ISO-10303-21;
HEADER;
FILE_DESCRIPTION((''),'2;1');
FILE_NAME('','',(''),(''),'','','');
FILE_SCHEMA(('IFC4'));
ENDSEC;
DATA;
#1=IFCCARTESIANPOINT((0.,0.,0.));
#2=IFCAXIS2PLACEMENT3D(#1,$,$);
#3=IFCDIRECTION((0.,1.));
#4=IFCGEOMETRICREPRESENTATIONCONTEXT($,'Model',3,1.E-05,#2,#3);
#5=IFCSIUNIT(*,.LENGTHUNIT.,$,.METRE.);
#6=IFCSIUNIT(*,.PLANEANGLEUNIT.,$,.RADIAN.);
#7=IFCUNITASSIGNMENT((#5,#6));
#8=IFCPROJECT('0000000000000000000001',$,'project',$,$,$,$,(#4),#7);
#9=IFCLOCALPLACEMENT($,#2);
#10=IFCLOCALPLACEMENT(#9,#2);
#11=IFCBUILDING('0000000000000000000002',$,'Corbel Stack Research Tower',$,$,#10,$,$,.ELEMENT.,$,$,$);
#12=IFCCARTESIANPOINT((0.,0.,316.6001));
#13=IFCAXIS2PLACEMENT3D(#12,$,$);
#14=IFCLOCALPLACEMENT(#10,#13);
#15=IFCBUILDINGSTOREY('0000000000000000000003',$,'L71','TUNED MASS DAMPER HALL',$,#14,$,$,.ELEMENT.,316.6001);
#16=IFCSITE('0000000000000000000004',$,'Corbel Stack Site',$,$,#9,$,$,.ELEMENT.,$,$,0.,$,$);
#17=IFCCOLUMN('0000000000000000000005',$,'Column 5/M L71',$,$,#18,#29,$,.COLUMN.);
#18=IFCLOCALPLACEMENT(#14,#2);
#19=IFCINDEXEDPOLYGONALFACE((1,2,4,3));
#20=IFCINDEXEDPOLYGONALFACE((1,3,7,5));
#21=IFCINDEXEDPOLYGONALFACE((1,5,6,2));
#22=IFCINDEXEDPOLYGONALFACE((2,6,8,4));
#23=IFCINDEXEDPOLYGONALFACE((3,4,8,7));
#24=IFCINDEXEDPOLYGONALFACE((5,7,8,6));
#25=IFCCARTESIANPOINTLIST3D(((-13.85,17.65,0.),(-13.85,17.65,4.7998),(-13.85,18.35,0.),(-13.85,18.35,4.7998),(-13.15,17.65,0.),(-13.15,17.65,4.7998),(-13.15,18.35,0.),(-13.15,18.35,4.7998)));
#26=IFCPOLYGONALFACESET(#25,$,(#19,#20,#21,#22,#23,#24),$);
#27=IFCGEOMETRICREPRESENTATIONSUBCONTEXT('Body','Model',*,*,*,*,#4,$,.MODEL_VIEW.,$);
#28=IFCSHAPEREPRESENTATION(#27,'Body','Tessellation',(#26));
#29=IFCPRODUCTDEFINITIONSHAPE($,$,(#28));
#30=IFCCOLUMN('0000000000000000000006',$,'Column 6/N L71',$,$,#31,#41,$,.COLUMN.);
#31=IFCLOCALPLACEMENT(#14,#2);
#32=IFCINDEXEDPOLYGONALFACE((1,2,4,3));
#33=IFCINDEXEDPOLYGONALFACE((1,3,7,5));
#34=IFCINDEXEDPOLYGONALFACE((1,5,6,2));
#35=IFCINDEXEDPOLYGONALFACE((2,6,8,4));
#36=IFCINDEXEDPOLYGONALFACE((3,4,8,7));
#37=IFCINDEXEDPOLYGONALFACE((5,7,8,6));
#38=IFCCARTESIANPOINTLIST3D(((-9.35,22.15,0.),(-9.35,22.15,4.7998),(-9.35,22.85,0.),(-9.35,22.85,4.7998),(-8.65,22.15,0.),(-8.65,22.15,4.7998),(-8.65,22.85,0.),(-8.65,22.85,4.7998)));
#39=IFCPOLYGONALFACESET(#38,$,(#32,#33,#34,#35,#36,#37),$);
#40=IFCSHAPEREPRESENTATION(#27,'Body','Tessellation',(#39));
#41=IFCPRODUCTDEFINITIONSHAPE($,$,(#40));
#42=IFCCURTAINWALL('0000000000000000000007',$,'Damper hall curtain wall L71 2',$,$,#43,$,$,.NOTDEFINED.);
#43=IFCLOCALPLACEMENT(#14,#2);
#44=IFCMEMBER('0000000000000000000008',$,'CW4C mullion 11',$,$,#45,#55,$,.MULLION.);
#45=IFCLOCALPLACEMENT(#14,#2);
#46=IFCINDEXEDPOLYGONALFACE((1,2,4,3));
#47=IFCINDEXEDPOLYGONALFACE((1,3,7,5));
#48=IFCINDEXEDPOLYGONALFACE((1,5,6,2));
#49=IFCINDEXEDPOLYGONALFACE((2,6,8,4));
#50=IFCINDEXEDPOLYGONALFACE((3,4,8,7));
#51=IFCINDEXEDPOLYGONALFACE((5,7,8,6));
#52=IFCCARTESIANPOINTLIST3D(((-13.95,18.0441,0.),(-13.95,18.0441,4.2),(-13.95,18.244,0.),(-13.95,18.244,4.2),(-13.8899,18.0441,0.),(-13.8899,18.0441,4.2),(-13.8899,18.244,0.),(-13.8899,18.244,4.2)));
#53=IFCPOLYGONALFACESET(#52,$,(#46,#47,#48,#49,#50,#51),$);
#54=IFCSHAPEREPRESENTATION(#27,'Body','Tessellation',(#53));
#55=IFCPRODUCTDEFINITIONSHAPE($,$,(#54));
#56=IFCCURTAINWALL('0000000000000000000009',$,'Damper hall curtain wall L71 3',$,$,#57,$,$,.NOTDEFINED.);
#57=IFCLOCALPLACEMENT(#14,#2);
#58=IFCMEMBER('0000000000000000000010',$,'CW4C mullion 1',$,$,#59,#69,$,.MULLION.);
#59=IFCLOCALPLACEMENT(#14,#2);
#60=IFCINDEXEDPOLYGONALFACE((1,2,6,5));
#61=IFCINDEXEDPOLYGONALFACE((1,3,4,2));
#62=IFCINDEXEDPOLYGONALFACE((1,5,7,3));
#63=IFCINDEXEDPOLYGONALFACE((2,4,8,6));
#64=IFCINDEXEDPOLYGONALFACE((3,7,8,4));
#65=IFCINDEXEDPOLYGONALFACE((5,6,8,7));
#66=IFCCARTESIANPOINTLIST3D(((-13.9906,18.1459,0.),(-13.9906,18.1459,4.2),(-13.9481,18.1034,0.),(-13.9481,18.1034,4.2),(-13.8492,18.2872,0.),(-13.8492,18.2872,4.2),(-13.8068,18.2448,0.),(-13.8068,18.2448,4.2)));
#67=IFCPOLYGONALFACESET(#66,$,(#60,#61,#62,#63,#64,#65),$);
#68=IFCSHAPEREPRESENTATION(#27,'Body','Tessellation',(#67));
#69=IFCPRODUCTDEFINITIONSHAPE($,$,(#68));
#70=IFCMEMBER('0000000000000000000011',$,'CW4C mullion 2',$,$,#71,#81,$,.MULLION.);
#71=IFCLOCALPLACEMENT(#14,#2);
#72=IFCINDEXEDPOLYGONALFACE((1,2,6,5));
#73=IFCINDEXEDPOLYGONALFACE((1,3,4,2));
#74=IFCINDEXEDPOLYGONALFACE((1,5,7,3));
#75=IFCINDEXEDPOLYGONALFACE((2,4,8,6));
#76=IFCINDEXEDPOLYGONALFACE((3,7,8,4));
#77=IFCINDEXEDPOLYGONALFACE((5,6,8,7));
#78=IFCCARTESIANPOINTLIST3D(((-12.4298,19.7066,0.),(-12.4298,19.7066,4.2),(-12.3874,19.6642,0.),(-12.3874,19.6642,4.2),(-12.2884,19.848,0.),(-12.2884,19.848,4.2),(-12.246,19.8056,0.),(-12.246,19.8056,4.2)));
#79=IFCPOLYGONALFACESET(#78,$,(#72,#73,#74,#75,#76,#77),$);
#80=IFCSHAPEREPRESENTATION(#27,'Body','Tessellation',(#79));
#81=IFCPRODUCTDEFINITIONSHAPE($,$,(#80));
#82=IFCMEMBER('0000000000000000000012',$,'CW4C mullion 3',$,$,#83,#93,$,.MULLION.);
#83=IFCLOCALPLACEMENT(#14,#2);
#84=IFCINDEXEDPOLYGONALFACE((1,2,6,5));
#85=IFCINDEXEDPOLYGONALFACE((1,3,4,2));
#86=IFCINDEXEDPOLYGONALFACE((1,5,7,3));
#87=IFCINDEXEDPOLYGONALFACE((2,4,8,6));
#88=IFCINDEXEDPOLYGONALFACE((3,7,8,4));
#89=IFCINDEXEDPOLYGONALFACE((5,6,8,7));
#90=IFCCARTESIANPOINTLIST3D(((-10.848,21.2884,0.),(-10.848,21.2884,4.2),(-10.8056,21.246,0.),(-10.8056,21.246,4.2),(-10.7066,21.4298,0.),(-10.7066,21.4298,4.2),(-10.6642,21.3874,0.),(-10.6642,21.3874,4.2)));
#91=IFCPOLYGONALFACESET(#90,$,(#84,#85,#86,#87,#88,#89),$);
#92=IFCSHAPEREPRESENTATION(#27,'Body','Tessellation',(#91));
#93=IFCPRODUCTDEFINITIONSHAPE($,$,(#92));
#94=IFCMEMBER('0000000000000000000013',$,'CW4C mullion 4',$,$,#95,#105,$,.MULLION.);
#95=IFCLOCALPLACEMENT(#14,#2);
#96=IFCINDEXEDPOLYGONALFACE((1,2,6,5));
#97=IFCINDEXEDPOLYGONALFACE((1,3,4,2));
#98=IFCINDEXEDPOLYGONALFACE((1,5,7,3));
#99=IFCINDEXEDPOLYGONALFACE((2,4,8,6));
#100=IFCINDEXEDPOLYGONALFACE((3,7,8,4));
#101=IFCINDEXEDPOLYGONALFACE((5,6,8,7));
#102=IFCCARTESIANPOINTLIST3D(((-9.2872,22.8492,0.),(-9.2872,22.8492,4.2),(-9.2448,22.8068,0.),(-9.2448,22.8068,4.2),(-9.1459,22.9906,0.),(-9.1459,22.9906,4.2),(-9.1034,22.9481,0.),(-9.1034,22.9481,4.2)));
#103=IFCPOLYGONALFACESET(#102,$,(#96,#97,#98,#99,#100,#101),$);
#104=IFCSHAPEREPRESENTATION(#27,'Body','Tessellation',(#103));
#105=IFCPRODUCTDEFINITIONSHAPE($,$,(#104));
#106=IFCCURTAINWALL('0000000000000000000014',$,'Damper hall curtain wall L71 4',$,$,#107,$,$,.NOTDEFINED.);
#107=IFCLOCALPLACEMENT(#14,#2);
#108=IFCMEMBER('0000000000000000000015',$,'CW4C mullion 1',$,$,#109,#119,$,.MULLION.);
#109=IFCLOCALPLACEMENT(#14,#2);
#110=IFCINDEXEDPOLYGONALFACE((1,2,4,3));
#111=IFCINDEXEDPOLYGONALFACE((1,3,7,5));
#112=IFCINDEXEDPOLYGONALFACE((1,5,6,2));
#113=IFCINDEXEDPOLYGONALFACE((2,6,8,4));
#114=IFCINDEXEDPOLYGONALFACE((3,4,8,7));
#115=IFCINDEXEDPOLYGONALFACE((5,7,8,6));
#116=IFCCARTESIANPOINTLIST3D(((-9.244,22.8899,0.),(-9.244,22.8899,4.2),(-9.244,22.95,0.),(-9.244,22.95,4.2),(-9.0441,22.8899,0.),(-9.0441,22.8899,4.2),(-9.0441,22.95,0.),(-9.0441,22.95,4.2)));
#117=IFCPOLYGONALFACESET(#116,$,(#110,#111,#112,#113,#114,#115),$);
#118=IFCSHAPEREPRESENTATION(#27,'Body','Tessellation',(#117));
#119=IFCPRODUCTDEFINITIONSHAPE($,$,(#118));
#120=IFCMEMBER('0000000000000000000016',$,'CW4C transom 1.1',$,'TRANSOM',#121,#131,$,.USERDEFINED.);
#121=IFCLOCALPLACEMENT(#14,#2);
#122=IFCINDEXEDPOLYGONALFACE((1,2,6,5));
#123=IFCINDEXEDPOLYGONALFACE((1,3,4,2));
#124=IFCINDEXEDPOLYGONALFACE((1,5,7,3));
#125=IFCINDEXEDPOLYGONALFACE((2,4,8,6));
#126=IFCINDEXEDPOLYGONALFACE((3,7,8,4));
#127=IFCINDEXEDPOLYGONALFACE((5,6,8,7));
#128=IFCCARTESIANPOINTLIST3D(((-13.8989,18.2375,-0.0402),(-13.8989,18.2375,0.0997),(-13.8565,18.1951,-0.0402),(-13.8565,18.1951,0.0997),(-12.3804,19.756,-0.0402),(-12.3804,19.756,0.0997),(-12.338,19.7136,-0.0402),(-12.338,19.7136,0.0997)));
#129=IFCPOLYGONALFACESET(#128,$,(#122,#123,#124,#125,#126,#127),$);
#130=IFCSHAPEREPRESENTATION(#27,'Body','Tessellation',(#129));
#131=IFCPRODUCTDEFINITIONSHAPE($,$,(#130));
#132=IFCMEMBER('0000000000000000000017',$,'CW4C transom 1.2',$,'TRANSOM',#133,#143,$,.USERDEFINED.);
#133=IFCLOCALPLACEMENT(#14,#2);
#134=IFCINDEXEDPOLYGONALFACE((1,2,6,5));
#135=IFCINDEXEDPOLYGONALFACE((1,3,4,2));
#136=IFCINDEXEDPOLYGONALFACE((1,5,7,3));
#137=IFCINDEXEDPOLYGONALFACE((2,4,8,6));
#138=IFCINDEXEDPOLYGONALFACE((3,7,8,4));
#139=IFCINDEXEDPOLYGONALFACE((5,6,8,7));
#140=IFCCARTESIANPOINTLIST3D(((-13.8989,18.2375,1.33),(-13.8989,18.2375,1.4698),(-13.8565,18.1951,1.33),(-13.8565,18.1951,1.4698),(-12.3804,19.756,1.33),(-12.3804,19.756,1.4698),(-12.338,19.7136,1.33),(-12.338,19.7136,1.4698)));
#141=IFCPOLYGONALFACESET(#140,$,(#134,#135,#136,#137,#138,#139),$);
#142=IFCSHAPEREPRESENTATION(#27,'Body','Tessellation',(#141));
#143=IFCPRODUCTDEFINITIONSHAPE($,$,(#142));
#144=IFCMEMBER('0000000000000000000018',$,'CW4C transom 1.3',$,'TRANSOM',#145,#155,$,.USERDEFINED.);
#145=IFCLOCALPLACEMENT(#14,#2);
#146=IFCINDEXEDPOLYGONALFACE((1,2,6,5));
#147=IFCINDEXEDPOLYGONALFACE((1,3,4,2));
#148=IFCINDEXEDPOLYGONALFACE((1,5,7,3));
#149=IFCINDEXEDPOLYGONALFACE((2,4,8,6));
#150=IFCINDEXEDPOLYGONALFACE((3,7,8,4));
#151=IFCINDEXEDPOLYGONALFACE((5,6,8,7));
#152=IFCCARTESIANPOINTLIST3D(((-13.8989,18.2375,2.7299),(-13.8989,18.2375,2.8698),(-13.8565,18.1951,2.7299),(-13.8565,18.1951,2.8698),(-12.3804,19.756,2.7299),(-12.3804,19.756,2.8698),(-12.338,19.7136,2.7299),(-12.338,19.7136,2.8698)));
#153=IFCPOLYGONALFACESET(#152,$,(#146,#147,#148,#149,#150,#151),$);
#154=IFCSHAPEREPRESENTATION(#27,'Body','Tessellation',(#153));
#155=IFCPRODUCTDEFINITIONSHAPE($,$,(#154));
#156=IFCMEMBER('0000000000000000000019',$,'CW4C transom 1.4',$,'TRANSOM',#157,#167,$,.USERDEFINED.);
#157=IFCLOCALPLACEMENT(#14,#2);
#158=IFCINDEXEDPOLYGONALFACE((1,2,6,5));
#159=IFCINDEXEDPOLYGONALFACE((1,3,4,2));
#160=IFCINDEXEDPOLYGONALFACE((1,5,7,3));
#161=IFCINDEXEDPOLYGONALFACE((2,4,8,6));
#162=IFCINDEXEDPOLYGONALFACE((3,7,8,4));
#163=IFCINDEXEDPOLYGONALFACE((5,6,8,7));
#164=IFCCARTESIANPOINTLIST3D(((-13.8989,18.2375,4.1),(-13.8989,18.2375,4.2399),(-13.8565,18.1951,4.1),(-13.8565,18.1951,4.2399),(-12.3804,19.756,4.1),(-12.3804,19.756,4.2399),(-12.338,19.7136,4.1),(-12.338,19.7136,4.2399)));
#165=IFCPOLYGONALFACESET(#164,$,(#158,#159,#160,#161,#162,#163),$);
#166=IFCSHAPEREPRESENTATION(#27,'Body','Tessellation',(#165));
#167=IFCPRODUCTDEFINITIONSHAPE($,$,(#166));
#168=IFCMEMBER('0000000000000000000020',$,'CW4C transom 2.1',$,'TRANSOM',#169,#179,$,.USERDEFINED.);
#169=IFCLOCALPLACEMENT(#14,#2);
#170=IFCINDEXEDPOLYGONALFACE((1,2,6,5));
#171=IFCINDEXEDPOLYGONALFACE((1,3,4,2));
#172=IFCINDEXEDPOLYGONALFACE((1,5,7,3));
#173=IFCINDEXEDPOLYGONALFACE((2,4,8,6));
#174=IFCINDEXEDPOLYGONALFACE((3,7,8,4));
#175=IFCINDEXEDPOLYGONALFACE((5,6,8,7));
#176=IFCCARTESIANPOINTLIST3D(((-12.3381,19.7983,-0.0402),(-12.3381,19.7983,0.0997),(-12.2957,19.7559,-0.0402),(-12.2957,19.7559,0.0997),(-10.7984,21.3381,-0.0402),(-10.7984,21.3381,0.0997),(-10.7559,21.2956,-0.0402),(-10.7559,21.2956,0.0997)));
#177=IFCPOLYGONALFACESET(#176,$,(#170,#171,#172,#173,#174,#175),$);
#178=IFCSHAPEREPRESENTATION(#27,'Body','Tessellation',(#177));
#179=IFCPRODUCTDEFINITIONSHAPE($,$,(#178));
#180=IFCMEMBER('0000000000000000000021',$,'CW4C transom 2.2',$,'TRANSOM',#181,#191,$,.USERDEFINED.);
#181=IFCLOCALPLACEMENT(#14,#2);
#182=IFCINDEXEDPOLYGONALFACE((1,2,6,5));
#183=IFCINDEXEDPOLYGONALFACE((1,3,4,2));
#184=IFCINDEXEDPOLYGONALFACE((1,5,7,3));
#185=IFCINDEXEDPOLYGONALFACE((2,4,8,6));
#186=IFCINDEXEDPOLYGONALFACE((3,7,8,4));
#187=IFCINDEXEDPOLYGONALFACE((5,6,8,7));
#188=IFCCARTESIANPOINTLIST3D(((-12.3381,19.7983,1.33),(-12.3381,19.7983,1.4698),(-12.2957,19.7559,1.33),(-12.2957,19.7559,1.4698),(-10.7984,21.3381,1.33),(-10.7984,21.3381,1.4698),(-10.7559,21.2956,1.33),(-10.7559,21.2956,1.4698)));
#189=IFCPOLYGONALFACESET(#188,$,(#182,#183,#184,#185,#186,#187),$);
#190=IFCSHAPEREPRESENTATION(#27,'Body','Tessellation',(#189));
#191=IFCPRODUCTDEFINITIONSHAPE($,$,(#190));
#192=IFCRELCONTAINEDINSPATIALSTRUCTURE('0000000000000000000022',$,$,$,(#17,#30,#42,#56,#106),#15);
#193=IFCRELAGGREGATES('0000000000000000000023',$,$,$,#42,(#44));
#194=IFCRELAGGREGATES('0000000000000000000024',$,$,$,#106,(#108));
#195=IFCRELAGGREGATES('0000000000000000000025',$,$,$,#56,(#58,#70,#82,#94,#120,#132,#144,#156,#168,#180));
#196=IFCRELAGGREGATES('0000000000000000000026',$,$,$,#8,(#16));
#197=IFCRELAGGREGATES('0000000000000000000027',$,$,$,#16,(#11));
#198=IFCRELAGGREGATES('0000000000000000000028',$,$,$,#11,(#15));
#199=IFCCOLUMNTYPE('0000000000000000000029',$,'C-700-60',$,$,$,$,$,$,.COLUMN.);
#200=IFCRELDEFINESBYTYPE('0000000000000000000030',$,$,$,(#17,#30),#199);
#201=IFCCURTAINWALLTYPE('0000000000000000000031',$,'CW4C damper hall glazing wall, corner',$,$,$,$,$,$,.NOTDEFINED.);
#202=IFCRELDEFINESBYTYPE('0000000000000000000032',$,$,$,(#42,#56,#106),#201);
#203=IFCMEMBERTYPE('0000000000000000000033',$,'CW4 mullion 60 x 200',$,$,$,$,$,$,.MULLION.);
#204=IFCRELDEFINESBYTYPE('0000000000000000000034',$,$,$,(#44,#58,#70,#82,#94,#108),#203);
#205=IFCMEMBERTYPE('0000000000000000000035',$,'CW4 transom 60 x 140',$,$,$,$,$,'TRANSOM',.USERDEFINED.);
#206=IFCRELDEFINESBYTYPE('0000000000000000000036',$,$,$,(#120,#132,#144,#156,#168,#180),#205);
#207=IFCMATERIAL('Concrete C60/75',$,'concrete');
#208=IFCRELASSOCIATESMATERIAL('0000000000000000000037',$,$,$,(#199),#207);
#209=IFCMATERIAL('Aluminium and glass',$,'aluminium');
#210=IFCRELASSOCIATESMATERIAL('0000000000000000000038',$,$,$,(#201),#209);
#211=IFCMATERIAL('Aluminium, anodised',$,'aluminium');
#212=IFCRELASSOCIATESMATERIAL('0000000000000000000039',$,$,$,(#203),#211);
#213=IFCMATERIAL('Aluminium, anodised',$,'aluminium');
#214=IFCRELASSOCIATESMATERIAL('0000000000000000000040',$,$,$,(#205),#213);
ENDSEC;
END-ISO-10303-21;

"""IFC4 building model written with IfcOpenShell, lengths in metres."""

from ifc_helpers import new_model, si_unit, direction, frame, origin, origin_2d, place, context, subcontext, project, spatial, rectangle, extrude, material, material_profile, profile_set, type_object, element, aggregate, save


model = new_model("IFC4")

# Units and contexts
model_context = context("Model", 3, precision=1e-05, world=origin(), true_north=direction((0.0, 1.0)))
body_context = subcontext(model_context, "Body", "Model", "MODEL_VIEW")
ifc_project = project(units=[si_unit("LENGTHUNIT", "METRE"), si_unit("PLANEANGLEUNIT", "RADIAN")], contexts=[model_context])

# Site, building, storey
site_placement = place(None, origin())
site = spatial("IfcSite", under=ifc_project, at=site_placement, Name="Corbel Stack Site", CompositionType="ELEMENT", RefElevation=0.0)
building_placement = place(site_placement, origin())
building = spatial("IfcBuilding", under=site, at=building_placement, Name="Corbel Stack Research Tower", CompositionType="ELEMENT")
storey_placement = place(building_placement, frame((0.0, 0.0, 316.6001)))
storey = spatial("IfcBuildingStorey", under=building, at=storey_placement, Name="L71", Description="TUNED MASS DAMPER HALL", CompositionType="ELEMENT", Elevation=316.6001)

# Columns
ifc_material_1 = material(Name="Concrete C60/75", Category="concrete")
ifc_material_profile_1 = material_profile(ifc_material_1, rectangle(XDim=0.7, YDim=0.7, at=origin_2d()), Name="RC 700 x 700")
ifc_profile_set_1 = profile_set([ifc_material_profile_1], Name="Concrete C60/75")
column_type = type_object("IfcColumnType", Name="C-700-60", PredefinedType="COLUMN", material=ifc_profile_set_1)
for number, where, z_axis, x_axis, name in (
    (1, (-13.5, 18.0, 0.0), (0.0, 0.0, 1.0), (1.0, 0.0, 0.0), "Column 5/M L71"),
    (2, (-9.0, 22.5, 0.0), (0.0, 0.0, 1.0), (1.0, 0.0, 0.0), "Column 6/N L71"),
):
    element("IfcColumn", number, at=place(storey_placement, frame(where, z_axis=z_axis, x_axis=x_axis)), inside=storey, type_object=column_type, Name=name, PredefinedType="COLUMN", context=body_context, shape_type="SweptSolid", body=[
        extrude(rectangle(XDim=0.7, YDim=0.7, at=origin_2d()), origin(), (0.0, 0.0, 1.0), 4.7998),
    ])

# Curtain wall, member
ifc_material_2 = material(Name="Aluminium and glass", Category="aluminium")
curtain_wall_type = type_object("IfcCurtainWallType", Name="CW4C damper hall glazing wall, corner", PredefinedType="NOTDEFINED", material=ifc_material_2)
curtain_wall_1_placement = place(storey_placement, origin())
curtain_wall_1 = element("IfcCurtainWall", 3, at=curtain_wall_1_placement, inside=storey, type_object=curtain_wall_type, Name="Damper hall curtain wall L71 2", PredefinedType="NOTDEFINED")
ifc_material_3 = material(Name="Aluminium, anodised", Category="aluminium")
ifc_material_profile_2 = material_profile(ifc_material_3, rectangle(XDim=0.0601, YDim=0.2, at=origin_2d()), Name="CW4 mullion 60 x 200")
ifc_profile_set_2 = profile_set([ifc_material_profile_2], Name="Aluminium, anodised")
member_type_1 = type_object("IfcMemberType", Name="CW4 mullion 60 x 200", PredefinedType="MULLION", material=ifc_profile_set_2)
member_1_placement = place(storey_placement, frame((-13.9199, 18.144, 0.0), z_axis=(0.0, 0.0, 1.0), x_axis=(-1.0, 0.0, 0.0)))
member_1 = element("IfcMember", 4, at=member_1_placement, type_object=member_type_1, Name="CW4C mullion 11", PredefinedType="MULLION", context=body_context, shape_type="SweptSolid", body=[
    extrude(rectangle(XDim=0.0601, YDim=0.2, at=origin_2d()), origin(), (0.0, 0.0, 1.0), 4.2),
])
aggregate(curtain_wall_1, [member_1])

# Curtain wall, members
curtain_wall_2_placement = place(storey_placement, origin())
curtain_wall_2 = element("IfcCurtainWall", 5, at=curtain_wall_2_placement, inside=storey, type_object=curtain_wall_type, Name="Damper hall curtain wall L71 3", PredefinedType="NOTDEFINED")
member_2_placement = place(storey_placement, frame((-13.8987, 18.1953, 0.0), z_axis=(0.0, 0.0, 1.0), x_axis=(-0.707107, 0.707107, 0.0)))
member_2 = element("IfcMember", 6, at=member_2_placement, type_object=member_type_1, Name="CW4C mullion 1", PredefinedType="MULLION", context=body_context, shape_type="SweptSolid", body=[
    extrude(rectangle(XDim=0.0601, YDim=0.2, at=origin_2d()), origin(), (0.0, 0.0, 1.0), 4.2),
])
member_3_placement = place(storey_placement, frame((-12.3379, 19.7561, 0.0), z_axis=(0.0, 0.0, 1.0), x_axis=(-0.707107, 0.707107, 0.0)))
member_3 = element("IfcMember", 7, at=member_3_placement, type_object=member_type_1, Name="CW4C mullion 2", PredefinedType="MULLION", context=body_context, shape_type="SweptSolid", body=[
    extrude(rectangle(XDim=0.0601, YDim=0.2, at=origin_2d()), origin(), (0.0, 0.0, 1.0), 4.2),
])
member_4_placement = place(storey_placement, frame((-10.7561, 21.3379, 0.0), z_axis=(0.0, 0.0, 1.0), x_axis=(-0.707107, 0.707107, 0.0)))
member_4 = element("IfcMember", 8, at=member_4_placement, type_object=member_type_1, Name="CW4C mullion 3", PredefinedType="MULLION", context=body_context, shape_type="SweptSolid", body=[
    extrude(rectangle(XDim=0.0601, YDim=0.2, at=origin_2d()), origin(), (0.0, 0.0, 1.0), 4.2),
])
member_5_placement = place(storey_placement, frame((-9.1953, 22.8987, 0.0), z_axis=(0.0, 0.0, 1.0), x_axis=(-0.707107, 0.707107, 0.0)))
member_5 = element("IfcMember", 9, at=member_5_placement, type_object=member_type_1, Name="CW4C mullion 4", PredefinedType="MULLION", context=body_context, shape_type="SweptSolid", body=[
    extrude(rectangle(XDim=0.0601, YDim=0.2, at=origin_2d()), origin(), (0.0, 0.0, 1.0), 4.2),
])

# Curtain wall, member
curtain_wall_3_placement = place(storey_placement, origin())
curtain_wall_3 = element("IfcCurtainWall", 10, at=curtain_wall_3_placement, inside=storey, type_object=curtain_wall_type, Name="Damper hall curtain wall L71 4", PredefinedType="NOTDEFINED")
member_6_placement = place(storey_placement, frame((-9.144, 22.9199, 0.0), z_axis=(0.0, 0.0, 1.0), x_axis=(0.0, 1.0, 0.0)))
member_6 = element("IfcMember", 11, at=member_6_placement, type_object=member_type_1, Name="CW4C mullion 1", PredefinedType="MULLION", context=body_context, shape_type="SweptSolid", body=[
    extrude(rectangle(XDim=0.0601, YDim=0.2, at=origin_2d()), origin(), (0.0, 0.0, 1.0), 4.2),
])

# Members
ifc_material_4 = material(Name="Aluminium, anodised", Category="aluminium")
ifc_material_profile_3 = material_profile(ifc_material_4, rectangle(XDim=0.0601, YDim=0.1399, at=origin_2d()), Name="CW4 transom 60 x 140")
ifc_profile_set_3 = profile_set([ifc_material_profile_3], Name="Aluminium, anodised")
member_type_2 = type_object("IfcMemberType", Name="CW4 transom 60 x 140", ElementType="TRANSOM", PredefinedType="USERDEFINED", material=ifc_profile_set_3)
member_7_placement = place(storey_placement, frame((-13.8777, 18.2163, 0.0298), z_axis=(0.707107, 0.707107, 0.0), x_axis=(-0.707107, 0.707107, 0.0)))
member_7 = element("IfcMember", 12, at=member_7_placement, type_object=member_type_2, Name="CW4C transom 1.1", ObjectType="TRANSOM", PredefinedType="USERDEFINED", context=body_context, shape_type="SweptSolid", body=[
    extrude(rectangle(XDim=0.0601, YDim=0.1399, at=origin_2d()), origin(), (0.0, 0.0, 1.0), 2.1475),
])
member_8_placement = place(storey_placement, frame((-13.8777, 18.2163, 1.3999), z_axis=(0.707107, 0.707107, 0.0), x_axis=(-0.707107, 0.707107, 0.0)))
member_8 = element("IfcMember", 13, at=member_8_placement, type_object=member_type_2, Name="CW4C transom 1.2", ObjectType="TRANSOM", PredefinedType="USERDEFINED", context=body_context, shape_type="SweptSolid", body=[
    extrude(rectangle(XDim=0.0601, YDim=0.1399, at=origin_2d()), origin(), (0.0, 0.0, 1.0), 2.1475),
])
member_9_placement = place(storey_placement, frame((-13.8777, 18.2163, 2.7998), z_axis=(0.707107, 0.707107, 0.0), x_axis=(-0.707107, 0.707107, 0.0)))
member_9 = element("IfcMember", 14, at=member_9_placement, type_object=member_type_2, Name="CW4C transom 1.3", ObjectType="TRANSOM", PredefinedType="USERDEFINED", context=body_context, shape_type="SweptSolid", body=[
    extrude(rectangle(XDim=0.0601, YDim=0.1399, at=origin_2d()), origin(), (0.0, 0.0, 1.0), 2.1475),
])
member_10_placement = place(storey_placement, frame((-13.8777, 18.2163, 4.1699), z_axis=(0.707107, 0.707107, 0.0), x_axis=(-0.707107, 0.707107, 0.0)))
member_10 = element("IfcMember", 15, at=member_10_placement, type_object=member_type_2, Name="CW4C transom 1.4", ObjectType="TRANSOM", PredefinedType="USERDEFINED", context=body_context, shape_type="SweptSolid", body=[
    extrude(rectangle(XDim=0.0601, YDim=0.1399, at=origin_2d()), origin(), (0.0, 0.0, 1.0), 2.1475),
])
member_11_placement = place(storey_placement, frame((-12.3169, 19.7771, 0.0298), z_axis=(0.707107, 0.707107, 0.0), x_axis=(-0.707107, 0.707107, 0.0)))
member_11 = element("IfcMember", 16, at=member_11_placement, type_object=member_type_2, Name="CW4C transom 2.1", ObjectType="TRANSOM", PredefinedType="USERDEFINED", context=body_context, shape_type="SweptSolid", body=[
    extrude(rectangle(XDim=0.0601, YDim=0.1399, at=origin_2d()), origin(), (0.0, 0.0, 1.0), 2.1775),
])
member_12_placement = place(storey_placement, frame((-12.3169, 19.7771, 1.3999), z_axis=(0.707107, 0.707107, 0.0), x_axis=(-0.707107, 0.707107, 0.0)))
member_12 = element("IfcMember", 17, at=member_12_placement, type_object=member_type_2, Name="CW4C transom 2.2", ObjectType="TRANSOM", PredefinedType="USERDEFINED", context=body_context, shape_type="SweptSolid", body=[
    extrude(rectangle(XDim=0.0601, YDim=0.1399, at=origin_2d()), origin(), (0.0, 0.0, 1.0), 2.1775),
])
aggregate(curtain_wall_3, [member_6])

aggregate(curtain_wall_2, [member_2, member_3, member_4, member_5, member_7, member_8, member_9, member_10, member_11, member_12])

save(model, "model.ifc")
